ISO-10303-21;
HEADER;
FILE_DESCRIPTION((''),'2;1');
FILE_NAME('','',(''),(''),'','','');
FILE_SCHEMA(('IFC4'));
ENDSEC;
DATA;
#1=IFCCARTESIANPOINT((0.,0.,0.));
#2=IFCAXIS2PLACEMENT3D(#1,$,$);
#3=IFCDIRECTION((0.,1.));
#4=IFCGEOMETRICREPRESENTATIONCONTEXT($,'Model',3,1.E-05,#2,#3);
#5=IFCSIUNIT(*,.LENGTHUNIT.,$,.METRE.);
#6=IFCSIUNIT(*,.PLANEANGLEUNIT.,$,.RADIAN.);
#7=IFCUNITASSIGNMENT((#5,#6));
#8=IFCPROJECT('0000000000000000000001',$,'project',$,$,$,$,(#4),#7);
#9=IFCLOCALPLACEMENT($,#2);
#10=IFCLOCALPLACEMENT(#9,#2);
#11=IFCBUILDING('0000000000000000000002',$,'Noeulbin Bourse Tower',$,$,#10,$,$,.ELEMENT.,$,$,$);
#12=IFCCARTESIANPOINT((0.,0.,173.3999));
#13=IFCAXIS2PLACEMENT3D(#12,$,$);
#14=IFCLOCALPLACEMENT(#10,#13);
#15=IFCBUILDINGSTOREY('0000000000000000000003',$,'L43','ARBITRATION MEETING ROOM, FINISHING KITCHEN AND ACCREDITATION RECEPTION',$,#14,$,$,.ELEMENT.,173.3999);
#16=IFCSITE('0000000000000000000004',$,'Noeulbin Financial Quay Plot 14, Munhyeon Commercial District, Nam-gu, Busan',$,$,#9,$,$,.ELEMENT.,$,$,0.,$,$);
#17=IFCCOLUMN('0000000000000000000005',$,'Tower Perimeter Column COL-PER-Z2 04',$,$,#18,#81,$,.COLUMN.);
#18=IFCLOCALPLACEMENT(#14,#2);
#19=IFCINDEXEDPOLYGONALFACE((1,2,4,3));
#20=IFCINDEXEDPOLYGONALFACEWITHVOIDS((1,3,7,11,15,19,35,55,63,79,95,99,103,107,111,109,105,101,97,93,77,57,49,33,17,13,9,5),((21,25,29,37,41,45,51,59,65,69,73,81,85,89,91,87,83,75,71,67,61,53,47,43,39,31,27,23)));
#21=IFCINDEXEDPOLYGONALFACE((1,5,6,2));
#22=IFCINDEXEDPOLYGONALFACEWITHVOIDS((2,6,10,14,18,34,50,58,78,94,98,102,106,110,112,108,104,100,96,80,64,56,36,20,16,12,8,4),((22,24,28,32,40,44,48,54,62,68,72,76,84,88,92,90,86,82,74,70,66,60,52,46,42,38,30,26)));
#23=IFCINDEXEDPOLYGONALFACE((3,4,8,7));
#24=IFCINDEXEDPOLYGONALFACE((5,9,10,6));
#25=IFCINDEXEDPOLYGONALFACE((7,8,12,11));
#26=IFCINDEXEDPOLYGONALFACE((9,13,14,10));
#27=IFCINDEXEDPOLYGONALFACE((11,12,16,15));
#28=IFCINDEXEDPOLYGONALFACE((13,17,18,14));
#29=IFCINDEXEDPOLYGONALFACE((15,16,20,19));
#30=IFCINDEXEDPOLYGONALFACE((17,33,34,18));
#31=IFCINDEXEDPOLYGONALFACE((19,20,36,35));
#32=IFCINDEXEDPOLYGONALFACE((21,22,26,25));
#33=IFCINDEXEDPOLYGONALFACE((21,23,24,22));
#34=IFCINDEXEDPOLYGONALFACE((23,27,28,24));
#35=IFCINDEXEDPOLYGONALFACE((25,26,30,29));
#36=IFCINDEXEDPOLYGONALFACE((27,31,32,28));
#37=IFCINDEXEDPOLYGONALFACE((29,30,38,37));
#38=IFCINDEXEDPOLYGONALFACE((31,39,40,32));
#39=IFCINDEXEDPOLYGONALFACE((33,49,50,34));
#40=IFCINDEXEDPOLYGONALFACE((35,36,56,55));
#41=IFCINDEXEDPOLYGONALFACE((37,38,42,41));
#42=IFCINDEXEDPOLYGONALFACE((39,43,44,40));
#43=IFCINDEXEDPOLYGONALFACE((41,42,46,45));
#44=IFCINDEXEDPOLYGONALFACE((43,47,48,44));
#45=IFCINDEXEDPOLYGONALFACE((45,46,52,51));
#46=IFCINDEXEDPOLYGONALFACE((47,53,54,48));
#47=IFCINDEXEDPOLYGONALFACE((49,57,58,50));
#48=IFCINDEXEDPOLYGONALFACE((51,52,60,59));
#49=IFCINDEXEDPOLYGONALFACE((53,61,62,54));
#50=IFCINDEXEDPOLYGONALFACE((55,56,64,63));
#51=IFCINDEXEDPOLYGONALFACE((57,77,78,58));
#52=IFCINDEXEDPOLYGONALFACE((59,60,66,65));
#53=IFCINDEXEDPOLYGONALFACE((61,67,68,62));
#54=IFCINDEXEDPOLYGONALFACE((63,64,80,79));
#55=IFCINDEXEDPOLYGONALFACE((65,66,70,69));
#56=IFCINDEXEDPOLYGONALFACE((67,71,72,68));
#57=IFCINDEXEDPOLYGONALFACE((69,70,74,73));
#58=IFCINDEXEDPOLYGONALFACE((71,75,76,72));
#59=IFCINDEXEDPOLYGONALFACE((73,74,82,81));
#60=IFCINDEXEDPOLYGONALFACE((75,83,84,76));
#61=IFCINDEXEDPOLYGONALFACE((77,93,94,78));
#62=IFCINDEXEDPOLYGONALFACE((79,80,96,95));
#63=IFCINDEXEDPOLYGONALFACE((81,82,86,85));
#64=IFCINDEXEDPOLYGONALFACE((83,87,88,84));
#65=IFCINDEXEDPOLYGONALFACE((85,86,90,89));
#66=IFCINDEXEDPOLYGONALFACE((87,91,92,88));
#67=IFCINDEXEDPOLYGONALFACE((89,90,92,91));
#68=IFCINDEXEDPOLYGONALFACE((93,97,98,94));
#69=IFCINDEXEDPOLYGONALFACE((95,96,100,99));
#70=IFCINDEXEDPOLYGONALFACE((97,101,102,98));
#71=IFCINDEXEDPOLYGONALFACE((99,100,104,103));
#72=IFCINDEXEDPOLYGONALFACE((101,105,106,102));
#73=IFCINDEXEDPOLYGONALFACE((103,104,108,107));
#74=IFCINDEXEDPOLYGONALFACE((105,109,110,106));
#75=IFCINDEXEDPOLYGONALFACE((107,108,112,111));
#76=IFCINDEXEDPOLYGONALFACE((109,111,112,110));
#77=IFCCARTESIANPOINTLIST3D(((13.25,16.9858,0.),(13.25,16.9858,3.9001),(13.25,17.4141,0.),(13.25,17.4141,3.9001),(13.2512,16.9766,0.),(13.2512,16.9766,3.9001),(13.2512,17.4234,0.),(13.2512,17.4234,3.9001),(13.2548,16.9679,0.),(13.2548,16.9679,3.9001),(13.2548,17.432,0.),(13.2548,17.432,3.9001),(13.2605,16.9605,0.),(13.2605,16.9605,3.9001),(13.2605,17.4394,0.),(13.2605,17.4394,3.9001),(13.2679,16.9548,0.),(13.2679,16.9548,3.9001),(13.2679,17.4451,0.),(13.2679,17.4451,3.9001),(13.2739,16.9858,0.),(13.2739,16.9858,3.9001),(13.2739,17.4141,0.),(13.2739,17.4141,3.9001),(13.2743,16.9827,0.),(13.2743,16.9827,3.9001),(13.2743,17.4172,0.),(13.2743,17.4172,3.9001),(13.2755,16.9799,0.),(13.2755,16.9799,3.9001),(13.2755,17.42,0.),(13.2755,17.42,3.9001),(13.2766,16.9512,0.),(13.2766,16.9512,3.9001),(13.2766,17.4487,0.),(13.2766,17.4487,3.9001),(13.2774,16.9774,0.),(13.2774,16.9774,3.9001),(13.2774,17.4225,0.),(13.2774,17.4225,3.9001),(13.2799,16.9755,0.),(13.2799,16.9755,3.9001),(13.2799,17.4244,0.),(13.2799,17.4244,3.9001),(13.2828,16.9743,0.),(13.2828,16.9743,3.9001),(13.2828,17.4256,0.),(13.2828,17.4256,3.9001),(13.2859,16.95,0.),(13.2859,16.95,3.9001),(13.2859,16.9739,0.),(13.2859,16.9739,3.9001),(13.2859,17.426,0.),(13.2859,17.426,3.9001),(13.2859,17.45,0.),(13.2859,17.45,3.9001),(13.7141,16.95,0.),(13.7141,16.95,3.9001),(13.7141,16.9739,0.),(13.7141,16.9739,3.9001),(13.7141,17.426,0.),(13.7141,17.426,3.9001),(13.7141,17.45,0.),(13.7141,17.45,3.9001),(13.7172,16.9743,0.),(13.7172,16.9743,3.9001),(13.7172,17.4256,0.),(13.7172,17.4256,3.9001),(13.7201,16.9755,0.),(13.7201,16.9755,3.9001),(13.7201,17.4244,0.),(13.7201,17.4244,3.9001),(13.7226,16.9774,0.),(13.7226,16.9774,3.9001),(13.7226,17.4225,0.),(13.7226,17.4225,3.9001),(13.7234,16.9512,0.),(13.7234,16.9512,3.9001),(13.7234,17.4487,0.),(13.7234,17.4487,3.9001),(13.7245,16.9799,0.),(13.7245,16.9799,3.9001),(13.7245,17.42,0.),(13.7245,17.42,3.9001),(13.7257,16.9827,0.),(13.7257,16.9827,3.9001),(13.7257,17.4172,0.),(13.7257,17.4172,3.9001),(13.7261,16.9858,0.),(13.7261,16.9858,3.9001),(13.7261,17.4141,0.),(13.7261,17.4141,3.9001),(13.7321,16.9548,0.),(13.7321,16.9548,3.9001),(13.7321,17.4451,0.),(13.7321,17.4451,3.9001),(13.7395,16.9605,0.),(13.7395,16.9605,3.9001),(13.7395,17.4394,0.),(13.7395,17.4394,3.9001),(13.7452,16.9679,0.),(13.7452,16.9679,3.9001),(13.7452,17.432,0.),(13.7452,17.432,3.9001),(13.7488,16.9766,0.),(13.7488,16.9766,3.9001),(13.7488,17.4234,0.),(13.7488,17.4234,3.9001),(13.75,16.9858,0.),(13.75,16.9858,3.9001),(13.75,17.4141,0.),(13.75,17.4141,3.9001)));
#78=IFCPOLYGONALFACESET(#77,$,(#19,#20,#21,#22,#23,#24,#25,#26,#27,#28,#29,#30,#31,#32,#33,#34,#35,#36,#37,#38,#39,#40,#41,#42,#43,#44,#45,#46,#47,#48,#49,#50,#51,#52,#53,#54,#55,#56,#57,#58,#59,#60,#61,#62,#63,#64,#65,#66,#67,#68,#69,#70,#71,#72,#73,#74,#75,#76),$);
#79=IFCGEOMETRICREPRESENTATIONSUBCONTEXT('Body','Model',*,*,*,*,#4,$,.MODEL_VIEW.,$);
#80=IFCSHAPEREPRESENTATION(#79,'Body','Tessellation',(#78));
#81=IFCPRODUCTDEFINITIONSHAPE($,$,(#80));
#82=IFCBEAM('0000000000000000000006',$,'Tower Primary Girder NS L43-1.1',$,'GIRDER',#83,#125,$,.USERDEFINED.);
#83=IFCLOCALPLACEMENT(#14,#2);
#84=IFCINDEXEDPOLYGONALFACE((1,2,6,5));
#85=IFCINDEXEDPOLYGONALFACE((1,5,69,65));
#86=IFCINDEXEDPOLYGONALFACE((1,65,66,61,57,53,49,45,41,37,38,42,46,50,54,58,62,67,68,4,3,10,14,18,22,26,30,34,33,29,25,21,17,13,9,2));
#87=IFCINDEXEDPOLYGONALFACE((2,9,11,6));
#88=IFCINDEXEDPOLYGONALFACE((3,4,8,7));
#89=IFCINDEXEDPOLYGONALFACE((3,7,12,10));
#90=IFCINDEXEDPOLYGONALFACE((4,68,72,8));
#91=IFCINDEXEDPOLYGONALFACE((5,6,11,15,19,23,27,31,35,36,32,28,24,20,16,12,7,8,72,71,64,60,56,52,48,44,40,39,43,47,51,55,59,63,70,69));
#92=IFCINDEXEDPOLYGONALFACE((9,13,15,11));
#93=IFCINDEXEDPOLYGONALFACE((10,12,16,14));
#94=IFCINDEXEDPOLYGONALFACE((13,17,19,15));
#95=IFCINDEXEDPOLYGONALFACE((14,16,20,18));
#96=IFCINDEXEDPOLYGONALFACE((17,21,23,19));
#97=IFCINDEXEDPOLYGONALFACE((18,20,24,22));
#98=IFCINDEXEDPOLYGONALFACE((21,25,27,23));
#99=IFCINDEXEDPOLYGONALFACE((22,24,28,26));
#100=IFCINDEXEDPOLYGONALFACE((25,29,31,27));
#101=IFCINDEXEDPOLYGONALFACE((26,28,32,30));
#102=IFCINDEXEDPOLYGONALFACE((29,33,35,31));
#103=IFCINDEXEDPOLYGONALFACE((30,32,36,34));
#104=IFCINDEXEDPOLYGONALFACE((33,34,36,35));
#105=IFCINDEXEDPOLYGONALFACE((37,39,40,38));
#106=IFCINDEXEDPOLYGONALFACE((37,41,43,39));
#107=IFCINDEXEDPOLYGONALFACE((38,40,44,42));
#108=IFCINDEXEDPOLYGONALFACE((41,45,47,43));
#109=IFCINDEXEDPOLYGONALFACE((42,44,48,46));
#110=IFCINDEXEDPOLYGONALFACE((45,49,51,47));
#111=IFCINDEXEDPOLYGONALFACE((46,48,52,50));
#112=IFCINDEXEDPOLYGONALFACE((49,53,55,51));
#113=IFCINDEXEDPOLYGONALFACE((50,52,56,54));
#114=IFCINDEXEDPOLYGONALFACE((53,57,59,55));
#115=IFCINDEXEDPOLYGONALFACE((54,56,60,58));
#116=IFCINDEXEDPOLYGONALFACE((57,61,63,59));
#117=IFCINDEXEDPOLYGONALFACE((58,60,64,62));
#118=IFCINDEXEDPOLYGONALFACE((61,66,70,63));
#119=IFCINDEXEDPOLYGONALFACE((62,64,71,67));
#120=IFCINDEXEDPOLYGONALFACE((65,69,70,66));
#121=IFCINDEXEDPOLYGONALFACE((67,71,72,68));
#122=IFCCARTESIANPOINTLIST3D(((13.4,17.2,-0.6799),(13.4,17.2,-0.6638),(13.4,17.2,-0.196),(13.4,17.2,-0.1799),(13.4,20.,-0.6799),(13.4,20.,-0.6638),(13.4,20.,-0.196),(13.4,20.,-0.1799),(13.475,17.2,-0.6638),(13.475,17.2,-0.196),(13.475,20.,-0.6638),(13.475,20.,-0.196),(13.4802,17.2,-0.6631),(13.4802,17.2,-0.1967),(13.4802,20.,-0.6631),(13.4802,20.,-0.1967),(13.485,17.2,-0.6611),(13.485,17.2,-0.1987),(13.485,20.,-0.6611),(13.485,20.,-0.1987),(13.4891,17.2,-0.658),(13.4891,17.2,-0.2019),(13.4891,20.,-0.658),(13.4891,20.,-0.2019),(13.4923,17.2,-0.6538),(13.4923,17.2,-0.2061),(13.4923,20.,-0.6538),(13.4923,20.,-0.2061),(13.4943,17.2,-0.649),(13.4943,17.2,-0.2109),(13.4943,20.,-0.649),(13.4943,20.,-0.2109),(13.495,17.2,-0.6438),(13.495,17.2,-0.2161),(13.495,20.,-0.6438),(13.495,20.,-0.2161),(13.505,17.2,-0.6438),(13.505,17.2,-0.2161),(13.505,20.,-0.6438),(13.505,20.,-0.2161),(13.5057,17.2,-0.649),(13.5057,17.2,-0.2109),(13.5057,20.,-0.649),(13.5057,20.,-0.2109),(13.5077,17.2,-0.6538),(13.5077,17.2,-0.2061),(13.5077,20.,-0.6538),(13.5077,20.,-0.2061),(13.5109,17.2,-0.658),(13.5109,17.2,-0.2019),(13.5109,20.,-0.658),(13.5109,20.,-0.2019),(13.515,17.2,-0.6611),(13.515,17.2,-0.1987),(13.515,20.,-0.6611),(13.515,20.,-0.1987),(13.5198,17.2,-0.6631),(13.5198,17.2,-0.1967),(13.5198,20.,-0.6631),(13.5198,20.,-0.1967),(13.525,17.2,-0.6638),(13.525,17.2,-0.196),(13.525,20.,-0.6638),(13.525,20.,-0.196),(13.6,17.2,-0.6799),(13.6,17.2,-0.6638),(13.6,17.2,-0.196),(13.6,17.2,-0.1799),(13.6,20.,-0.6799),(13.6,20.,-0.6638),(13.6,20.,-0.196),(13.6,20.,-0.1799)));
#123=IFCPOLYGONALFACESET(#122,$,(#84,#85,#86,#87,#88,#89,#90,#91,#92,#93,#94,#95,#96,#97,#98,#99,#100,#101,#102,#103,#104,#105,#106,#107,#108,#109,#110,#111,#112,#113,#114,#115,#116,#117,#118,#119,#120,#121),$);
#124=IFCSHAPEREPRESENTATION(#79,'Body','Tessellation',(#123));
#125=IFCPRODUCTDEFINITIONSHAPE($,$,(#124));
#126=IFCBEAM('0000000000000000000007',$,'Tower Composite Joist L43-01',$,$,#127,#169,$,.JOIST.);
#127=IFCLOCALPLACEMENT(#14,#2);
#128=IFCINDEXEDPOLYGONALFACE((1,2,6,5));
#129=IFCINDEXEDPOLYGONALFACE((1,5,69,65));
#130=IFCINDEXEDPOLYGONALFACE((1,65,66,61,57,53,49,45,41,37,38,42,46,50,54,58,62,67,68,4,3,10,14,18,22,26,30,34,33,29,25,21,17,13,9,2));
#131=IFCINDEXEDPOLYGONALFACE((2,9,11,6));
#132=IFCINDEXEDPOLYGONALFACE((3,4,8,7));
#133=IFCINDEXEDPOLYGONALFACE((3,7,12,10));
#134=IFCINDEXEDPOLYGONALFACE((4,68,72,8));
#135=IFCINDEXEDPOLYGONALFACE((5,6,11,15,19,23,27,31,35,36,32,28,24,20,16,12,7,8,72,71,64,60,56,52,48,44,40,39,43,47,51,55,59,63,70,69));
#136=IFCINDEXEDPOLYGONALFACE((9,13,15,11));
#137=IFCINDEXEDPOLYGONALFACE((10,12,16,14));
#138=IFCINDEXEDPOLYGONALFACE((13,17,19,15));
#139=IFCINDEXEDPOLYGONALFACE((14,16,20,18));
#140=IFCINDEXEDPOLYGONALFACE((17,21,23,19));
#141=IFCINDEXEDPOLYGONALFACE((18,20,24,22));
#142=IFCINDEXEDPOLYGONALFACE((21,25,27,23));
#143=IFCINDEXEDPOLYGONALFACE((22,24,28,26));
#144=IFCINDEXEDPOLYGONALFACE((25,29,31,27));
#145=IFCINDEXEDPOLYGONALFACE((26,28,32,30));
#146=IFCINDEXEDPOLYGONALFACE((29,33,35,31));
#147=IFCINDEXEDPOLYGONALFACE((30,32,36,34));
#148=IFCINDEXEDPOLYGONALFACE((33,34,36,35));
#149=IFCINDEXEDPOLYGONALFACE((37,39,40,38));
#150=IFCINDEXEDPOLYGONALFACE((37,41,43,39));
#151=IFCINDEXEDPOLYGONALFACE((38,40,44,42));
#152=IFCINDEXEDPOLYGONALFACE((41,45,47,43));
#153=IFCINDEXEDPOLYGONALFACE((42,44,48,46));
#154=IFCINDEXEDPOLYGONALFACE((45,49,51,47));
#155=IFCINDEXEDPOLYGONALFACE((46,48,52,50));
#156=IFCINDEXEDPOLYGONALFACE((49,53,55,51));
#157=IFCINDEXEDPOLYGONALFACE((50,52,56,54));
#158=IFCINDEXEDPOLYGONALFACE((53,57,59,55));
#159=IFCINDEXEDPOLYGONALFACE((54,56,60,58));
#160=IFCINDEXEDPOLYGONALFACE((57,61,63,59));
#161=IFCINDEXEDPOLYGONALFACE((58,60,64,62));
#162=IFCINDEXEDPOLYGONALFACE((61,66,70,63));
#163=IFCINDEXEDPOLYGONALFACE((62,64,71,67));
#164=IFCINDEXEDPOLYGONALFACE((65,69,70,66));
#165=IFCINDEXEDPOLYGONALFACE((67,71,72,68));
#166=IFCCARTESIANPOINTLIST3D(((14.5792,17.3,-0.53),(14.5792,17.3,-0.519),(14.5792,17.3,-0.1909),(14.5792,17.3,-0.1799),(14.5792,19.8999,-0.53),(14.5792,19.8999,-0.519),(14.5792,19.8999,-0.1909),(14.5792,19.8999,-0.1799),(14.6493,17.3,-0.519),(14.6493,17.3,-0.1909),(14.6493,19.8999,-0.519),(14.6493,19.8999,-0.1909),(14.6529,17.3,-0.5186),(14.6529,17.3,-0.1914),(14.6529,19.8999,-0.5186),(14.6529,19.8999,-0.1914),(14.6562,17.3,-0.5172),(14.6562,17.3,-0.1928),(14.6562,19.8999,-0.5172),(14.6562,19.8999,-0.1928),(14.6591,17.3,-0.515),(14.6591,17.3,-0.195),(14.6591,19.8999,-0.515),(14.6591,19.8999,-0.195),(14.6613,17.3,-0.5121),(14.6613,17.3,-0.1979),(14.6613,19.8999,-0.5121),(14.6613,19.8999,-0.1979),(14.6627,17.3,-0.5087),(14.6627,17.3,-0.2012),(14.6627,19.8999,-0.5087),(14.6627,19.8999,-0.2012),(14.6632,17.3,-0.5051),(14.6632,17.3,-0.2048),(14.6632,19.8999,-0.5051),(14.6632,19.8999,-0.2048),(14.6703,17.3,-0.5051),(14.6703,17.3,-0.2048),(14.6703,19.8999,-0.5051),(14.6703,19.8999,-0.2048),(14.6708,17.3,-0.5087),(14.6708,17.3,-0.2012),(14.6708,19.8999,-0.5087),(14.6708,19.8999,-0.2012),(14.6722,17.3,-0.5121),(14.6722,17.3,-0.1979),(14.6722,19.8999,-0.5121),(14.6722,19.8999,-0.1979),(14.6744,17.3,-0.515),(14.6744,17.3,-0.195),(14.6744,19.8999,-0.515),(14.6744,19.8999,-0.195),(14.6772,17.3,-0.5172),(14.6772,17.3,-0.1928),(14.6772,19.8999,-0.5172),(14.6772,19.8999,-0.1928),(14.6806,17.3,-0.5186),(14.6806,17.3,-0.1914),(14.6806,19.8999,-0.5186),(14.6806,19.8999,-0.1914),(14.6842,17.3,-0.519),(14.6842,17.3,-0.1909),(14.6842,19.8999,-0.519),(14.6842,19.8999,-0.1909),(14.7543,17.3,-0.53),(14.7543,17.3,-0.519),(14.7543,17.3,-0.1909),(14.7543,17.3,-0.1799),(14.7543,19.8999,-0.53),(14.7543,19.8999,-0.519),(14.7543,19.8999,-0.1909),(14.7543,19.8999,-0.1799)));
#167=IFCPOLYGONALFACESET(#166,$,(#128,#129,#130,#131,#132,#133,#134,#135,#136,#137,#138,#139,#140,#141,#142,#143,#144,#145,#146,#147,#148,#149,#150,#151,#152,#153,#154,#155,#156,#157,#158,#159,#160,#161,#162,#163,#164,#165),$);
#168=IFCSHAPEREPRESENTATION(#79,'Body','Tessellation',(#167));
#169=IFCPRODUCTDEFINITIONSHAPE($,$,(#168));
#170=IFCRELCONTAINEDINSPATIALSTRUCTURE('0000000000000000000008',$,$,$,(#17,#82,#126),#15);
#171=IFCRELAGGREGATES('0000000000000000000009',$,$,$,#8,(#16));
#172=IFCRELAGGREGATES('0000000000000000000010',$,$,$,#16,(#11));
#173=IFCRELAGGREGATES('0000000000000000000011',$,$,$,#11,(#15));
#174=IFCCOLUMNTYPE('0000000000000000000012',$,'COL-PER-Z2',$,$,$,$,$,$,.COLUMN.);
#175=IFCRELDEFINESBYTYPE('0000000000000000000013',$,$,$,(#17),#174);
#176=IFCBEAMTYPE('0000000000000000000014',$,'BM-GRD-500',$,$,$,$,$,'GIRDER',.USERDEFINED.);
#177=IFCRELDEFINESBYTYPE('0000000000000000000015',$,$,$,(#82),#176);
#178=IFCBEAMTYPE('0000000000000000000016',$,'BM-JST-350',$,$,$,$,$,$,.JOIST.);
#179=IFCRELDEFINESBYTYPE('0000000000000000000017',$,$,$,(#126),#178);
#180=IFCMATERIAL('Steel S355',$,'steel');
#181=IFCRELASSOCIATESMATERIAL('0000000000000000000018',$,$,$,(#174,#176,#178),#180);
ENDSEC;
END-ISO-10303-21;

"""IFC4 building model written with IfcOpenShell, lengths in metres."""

from ifc_helpers import new_model, si_unit, direction, frame, origin, origin_2d, place, context, subcontext, project, spatial, hollow_rectangle, i_section, extrude, material, material_profile, profile_set, type_object, element, save


model = new_model("IFC4")

# Units and contexts
model_context = context("Model", 3, precision=1e-05, world=origin(), true_north=direction((0.0, 1.0)))
body_context = subcontext(model_context, "Body", "Model", "MODEL_VIEW")
ifc_project = project(units=[si_unit("LENGTHUNIT", "METRE"), si_unit("PLANEANGLEUNIT", "RADIAN")], contexts=[model_context])

# Site, building, storey
site_placement = place(None, origin())
site = spatial("IfcSite", under=ifc_project, at=site_placement, Name="Noeulbin Financial Quay Plot 14, Munhyeon Commercial District, Nam-gu, Busan", CompositionType="ELEMENT", RefElevation=0.0)
building_placement = place(site_placement, origin())
building = spatial("IfcBuilding", under=site, at=building_placement, Name="Noeulbin Bourse Tower", CompositionType="ELEMENT")
storey_placement = place(building_placement, frame((0.0, 0.0, 173.3999)))
storey = spatial("IfcBuildingStorey", under=building, at=storey_placement, Name="L43", Description="ARBITRATION MEETING ROOM, FINISHING KITCHEN AND ACCREDITATION RECEPTION", CompositionType="ELEMENT", Elevation=173.3999)

# Column
ifc_material_1 = material(Name="Steel S355", Category="steel")
ifc_material_profile_1 = material_profile(ifc_material_1, hollow_rectangle(XDim=0.5, YDim=0.5, WallThickness=0.0239, InnerFilletRadius=0.012, OuterFilletRadius=0.0359, at=origin_2d()), Name="BOX-500x500x24", Category="LoadBearing")
ifc_profile_set_1 = profile_set([ifc_material_profile_1], Name="Steel S355")
column_type = type_object("IfcColumnType", Name="COL-PER-Z2", PredefinedType="COLUMN", material=ifc_profile_set_1)
column_placement = place(storey_placement, frame((13.5, 17.2, 0.0), z_axis=(0.0, 0.0, 1.0), x_axis=(1.0, 0.0, 0.0)))
element("IfcColumn", 1, at=column_placement, inside=storey, type_object=column_type, Name="Tower Perimeter Column COL-PER-Z2 04", PredefinedType="COLUMN", context=body_context, shape_type="SweptSolid", body=[
    extrude(hollow_rectangle(XDim=0.5, YDim=0.5, WallThickness=0.0239, InnerFilletRadius=0.012, OuterFilletRadius=0.0359, at=origin_2d()), origin(), (0.0, 0.0, 1.0), 3.9001),
])

# Beams
ifc_material_profile_2 = material_profile(ifc_material_1, i_section(OverallWidth=0.2, OverallDepth=0.5, WebThickness=0.01, FlangeThickness=0.0161, FilletRadius=0.02, at=origin_2d()), Name="H-500x200x10x16", Category="LoadBearing")
ifc_profile_set_2 = profile_set([ifc_material_profile_2], Name="Steel S355")
beam_type_1 = type_object("IfcBeamType", Name="BM-GRD-500", ElementType="GIRDER", PredefinedType="USERDEFINED", material=ifc_profile_set_2)
beam_1_placement = place(storey_placement, frame((13.5, 17.2, -0.4299), z_axis=(0.0, 1.0, 0.0), x_axis=(-1.0, 0.0, 0.0)))
element("IfcBeam", 2, at=beam_1_placement, inside=storey, type_object=beam_type_1, Name="Tower Primary Girder NS L43-1.1", ObjectType="GIRDER", PredefinedType="USERDEFINED", context=body_context, shape_type="SweptSolid", body=[
    extrude(i_section(OverallWidth=0.2, OverallDepth=0.5, WebThickness=0.01, FlangeThickness=0.0161, FilletRadius=0.02, at=origin_2d()), origin(), (0.0, 0.0, 1.0), 2.8),
])
ifc_material_profile_3 = material_profile(ifc_material_1, i_section(OverallWidth=0.175, OverallDepth=0.3501, WebThickness=0.0071, FlangeThickness=0.011, FilletRadius=0.0139, at=origin_2d()), Name="H-350x175x7x11", Category="LoadBearing")
ifc_profile_set_3 = profile_set([ifc_material_profile_3], Name="Steel S355")
beam_type_2 = type_object("IfcBeamType", Name="BM-JST-350", PredefinedType="JOIST", material=ifc_profile_set_3)
for number, where, z_axis, x_axis, name in (
    (3, (14.6667, 17.3, -0.355), (0.0, 1.0, 0.0), (-1.0, 0.0, 0.0), "Tower Composite Joist L43-01"),
):
    element("IfcBeam", number, at=place(storey_placement, frame(where, z_axis=z_axis, x_axis=x_axis)), inside=storey, type_object=beam_type_2, Name=name, PredefinedType="JOIST", context=body_context, shape_type="SweptSolid", body=[
        extrude(i_section(OverallWidth=0.175, OverallDepth=0.3501, WebThickness=0.0071, FlangeThickness=0.011, FilletRadius=0.0139, at=origin_2d()), origin(), (0.0, 0.0, 1.0), 2.5999),
    ])

save(model, "model.ifc")
